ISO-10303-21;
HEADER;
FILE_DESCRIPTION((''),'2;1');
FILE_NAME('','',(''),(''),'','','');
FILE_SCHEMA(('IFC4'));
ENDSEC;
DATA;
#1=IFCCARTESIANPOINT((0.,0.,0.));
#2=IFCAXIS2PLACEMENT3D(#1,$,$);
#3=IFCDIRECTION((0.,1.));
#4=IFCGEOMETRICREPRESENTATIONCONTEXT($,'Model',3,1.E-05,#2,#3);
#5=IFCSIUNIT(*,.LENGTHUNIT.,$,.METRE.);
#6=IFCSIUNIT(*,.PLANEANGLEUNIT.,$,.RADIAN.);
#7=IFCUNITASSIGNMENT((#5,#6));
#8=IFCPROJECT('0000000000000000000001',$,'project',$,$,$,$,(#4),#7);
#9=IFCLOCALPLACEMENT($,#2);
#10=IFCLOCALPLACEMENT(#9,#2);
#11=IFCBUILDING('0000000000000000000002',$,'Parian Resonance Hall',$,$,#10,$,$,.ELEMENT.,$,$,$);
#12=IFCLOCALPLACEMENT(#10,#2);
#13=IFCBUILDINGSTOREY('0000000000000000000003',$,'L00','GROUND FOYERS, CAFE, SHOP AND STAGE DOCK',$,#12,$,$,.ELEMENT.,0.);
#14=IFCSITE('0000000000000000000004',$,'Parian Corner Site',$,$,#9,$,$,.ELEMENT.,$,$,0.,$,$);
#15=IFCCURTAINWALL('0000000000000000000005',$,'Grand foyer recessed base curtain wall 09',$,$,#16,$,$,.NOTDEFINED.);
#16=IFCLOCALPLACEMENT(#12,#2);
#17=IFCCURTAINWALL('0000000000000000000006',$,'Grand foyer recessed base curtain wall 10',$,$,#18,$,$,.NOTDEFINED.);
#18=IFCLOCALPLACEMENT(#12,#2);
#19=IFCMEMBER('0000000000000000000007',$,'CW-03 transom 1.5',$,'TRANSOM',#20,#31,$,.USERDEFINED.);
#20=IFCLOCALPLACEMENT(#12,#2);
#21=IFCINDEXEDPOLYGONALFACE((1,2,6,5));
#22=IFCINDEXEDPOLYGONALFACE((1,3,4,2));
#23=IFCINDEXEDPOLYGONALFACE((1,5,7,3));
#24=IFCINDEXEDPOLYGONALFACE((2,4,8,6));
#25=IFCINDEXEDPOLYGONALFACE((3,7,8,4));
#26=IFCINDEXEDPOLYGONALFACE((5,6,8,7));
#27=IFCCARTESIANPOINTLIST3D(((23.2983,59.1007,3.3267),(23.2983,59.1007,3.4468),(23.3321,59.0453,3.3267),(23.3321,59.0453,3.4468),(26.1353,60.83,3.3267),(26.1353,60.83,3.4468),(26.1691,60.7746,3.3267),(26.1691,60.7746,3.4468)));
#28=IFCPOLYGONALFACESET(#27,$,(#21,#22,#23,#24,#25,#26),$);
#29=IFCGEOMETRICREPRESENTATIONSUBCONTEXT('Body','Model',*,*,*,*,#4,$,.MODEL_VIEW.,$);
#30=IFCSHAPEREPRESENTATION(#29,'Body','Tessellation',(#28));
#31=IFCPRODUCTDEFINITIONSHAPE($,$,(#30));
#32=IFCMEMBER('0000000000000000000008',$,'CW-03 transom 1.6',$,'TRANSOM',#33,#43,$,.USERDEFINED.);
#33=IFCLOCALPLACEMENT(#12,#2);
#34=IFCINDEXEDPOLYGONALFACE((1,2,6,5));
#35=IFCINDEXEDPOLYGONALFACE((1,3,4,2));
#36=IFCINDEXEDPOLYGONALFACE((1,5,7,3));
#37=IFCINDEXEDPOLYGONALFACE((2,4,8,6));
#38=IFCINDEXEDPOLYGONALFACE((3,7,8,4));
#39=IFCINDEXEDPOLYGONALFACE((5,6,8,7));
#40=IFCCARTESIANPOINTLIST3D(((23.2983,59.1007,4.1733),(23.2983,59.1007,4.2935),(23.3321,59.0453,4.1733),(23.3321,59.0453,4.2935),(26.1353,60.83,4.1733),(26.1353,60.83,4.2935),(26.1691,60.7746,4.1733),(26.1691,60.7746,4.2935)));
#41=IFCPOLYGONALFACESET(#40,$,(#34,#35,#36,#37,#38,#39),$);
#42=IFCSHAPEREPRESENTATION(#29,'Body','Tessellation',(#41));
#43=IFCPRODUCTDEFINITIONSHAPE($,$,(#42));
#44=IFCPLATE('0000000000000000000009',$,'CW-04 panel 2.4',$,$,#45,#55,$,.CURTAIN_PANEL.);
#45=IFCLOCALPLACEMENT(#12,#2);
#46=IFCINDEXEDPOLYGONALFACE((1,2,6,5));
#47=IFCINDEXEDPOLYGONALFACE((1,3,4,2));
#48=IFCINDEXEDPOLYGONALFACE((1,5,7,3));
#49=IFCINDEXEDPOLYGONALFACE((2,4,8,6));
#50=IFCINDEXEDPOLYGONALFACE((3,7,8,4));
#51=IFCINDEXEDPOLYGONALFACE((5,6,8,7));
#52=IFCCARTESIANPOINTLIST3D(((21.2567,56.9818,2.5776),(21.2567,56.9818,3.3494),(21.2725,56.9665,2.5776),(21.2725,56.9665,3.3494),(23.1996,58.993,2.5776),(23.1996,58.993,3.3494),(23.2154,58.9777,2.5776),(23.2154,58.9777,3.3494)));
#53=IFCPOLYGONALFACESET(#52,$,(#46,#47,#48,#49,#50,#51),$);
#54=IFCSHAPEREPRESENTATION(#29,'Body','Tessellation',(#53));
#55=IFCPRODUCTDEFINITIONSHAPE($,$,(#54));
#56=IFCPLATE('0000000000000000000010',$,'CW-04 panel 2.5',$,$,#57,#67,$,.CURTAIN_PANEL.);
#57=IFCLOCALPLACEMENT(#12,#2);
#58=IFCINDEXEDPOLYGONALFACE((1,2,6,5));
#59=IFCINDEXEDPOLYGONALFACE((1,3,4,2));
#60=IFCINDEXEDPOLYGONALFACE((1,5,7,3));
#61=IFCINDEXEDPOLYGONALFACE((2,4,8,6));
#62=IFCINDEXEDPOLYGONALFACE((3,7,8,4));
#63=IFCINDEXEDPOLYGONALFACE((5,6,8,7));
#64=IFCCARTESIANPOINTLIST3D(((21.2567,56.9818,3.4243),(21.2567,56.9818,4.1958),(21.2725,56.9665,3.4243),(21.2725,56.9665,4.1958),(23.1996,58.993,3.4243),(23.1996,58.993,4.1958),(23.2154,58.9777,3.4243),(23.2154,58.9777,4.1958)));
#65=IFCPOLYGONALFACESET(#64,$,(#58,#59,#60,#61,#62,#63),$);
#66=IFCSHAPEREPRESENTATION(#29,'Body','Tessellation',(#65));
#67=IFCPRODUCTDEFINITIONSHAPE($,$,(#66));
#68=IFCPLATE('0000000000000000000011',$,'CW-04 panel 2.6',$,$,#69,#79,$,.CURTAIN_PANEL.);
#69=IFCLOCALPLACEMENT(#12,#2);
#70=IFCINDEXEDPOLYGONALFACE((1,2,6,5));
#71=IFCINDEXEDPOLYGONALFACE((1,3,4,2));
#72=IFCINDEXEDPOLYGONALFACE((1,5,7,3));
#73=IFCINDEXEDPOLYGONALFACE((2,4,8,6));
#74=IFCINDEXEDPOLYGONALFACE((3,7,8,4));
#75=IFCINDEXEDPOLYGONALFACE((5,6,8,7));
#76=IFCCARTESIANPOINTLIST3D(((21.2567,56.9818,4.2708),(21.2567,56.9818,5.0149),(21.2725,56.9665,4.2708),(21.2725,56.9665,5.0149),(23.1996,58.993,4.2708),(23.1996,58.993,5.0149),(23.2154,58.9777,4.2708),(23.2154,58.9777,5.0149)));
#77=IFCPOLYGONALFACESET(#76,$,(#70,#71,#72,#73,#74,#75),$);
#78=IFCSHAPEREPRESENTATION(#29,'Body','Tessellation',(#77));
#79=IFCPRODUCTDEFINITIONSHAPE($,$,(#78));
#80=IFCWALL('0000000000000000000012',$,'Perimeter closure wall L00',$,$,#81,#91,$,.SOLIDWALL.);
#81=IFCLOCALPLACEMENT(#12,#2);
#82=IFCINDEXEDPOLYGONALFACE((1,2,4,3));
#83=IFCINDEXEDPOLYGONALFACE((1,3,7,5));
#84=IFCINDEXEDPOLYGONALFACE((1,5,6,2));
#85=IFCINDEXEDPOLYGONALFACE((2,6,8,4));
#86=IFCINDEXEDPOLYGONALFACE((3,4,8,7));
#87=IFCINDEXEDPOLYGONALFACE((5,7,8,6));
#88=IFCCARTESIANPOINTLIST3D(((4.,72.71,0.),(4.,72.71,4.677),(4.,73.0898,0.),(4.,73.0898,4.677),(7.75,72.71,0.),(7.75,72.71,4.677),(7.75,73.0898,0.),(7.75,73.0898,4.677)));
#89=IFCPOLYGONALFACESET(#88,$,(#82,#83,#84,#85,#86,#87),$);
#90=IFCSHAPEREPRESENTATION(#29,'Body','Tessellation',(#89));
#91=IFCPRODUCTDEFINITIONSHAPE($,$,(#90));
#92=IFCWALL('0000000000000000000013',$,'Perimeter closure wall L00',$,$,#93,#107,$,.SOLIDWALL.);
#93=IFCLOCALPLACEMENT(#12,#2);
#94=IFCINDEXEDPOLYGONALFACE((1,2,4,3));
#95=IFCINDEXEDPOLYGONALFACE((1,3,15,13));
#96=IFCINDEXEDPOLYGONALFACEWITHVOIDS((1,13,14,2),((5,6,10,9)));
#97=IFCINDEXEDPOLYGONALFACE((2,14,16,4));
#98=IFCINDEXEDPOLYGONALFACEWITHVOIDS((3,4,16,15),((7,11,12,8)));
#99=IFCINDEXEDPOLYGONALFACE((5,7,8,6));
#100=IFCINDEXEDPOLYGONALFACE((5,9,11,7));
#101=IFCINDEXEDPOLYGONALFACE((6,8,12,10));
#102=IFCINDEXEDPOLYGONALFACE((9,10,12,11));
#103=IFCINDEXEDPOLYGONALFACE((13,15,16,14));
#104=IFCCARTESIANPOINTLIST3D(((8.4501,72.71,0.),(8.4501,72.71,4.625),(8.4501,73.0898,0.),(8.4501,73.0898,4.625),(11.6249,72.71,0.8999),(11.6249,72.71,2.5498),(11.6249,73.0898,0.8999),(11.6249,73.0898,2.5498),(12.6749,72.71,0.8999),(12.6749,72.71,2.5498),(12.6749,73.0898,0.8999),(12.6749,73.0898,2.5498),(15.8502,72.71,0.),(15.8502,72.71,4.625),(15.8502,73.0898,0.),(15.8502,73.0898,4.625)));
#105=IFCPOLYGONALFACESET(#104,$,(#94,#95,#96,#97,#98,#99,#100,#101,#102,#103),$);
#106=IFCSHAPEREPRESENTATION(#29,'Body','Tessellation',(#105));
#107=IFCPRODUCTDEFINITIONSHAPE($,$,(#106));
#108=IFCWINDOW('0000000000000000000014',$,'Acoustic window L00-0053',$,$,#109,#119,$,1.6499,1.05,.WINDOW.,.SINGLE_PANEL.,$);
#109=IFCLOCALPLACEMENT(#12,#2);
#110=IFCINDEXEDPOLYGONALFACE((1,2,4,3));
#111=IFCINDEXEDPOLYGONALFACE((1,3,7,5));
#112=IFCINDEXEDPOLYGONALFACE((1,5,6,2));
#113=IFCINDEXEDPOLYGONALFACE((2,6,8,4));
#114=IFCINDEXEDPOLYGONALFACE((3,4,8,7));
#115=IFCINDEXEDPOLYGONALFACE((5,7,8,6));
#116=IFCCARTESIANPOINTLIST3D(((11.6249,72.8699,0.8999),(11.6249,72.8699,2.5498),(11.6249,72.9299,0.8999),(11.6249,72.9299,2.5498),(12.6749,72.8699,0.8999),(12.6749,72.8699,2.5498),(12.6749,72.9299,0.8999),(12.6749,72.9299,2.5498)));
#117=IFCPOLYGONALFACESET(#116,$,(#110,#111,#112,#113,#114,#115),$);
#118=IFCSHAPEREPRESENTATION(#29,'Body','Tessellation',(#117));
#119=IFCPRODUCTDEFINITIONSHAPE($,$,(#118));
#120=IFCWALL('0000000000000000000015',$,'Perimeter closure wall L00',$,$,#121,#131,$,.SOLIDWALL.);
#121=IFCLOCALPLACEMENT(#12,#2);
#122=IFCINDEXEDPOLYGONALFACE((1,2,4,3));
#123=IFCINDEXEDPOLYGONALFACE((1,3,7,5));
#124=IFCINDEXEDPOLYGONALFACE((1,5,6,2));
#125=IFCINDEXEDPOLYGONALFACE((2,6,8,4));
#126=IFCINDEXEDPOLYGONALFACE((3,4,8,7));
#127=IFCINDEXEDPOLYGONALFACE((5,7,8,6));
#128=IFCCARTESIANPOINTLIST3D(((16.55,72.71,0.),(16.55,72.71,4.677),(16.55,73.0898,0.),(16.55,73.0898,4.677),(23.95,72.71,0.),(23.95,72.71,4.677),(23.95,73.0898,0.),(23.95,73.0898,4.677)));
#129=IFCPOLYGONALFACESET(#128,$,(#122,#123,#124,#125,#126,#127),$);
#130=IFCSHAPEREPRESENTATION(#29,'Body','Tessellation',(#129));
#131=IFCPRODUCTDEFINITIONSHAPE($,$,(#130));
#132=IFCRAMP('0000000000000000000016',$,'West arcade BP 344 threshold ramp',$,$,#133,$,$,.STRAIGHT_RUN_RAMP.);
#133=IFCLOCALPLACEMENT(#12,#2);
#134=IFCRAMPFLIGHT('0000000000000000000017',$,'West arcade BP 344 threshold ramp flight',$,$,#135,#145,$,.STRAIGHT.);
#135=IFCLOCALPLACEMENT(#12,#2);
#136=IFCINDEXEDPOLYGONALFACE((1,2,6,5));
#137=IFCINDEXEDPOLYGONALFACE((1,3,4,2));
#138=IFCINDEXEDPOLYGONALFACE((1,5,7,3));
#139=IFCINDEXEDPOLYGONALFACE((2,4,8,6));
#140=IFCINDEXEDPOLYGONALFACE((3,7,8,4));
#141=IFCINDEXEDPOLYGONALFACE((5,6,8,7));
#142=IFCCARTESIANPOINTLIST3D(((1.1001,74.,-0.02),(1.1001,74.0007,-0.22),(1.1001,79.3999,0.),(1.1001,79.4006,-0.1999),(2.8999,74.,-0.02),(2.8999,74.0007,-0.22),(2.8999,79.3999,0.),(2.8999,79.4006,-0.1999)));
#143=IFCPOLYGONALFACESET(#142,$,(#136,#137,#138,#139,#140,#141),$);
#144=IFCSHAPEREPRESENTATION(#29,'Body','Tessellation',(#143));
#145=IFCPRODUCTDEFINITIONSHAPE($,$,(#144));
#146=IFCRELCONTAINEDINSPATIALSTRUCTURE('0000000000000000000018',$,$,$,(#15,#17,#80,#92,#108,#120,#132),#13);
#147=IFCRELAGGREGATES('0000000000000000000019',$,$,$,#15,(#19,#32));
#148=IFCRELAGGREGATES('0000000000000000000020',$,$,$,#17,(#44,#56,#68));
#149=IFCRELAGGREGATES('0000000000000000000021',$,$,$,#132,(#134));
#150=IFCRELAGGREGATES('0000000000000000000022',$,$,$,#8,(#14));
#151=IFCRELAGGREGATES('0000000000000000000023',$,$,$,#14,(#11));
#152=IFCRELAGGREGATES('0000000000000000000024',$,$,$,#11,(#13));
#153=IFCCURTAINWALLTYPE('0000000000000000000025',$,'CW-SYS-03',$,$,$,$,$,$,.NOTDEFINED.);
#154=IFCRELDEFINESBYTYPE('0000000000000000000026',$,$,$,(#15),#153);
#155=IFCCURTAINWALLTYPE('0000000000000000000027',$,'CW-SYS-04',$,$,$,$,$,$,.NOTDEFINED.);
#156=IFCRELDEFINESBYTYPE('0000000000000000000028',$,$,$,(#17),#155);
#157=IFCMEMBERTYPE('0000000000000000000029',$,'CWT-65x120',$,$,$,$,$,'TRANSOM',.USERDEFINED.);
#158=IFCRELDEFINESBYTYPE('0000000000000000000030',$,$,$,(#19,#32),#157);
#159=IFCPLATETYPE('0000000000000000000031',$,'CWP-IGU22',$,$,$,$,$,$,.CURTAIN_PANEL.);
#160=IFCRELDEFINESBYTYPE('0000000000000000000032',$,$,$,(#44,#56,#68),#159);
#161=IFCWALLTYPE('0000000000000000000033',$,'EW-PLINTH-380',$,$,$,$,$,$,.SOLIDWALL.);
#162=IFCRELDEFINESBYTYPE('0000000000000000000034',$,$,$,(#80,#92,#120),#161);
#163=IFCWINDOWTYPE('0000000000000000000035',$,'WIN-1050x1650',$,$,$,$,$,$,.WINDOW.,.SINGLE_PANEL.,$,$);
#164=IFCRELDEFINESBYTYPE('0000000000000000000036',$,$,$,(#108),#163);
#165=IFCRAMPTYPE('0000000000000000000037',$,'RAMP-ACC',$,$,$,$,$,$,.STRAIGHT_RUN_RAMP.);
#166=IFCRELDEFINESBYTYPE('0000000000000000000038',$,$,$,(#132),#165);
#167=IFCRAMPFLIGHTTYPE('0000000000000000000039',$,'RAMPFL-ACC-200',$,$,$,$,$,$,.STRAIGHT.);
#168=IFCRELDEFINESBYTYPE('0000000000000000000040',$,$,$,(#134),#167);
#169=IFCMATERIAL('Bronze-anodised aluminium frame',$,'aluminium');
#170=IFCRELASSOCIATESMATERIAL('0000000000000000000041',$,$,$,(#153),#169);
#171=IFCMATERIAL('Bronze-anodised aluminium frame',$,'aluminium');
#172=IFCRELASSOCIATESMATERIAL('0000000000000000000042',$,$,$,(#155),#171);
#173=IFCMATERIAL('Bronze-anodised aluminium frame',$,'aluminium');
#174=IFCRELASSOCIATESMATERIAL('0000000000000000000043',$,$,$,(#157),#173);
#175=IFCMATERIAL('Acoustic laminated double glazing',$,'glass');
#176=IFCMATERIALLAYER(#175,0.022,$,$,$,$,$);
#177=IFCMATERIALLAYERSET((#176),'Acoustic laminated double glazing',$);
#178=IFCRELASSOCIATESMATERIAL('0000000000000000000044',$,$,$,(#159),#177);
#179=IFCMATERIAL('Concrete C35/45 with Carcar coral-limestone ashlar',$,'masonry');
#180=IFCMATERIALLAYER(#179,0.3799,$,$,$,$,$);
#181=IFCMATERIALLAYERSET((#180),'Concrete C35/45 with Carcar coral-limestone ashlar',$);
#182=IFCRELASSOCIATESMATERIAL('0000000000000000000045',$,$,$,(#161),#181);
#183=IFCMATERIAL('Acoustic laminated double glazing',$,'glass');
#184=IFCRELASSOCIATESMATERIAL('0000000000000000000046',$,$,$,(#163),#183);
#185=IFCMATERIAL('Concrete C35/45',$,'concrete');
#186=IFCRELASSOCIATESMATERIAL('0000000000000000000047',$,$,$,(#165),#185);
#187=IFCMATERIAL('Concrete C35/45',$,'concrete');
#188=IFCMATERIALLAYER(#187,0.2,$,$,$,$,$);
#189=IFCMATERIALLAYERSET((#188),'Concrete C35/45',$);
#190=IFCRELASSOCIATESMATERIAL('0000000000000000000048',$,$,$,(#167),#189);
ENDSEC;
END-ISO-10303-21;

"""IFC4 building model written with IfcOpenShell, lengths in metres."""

from ifc_helpers import new_model, si_unit, direction, frame, frame_2d, origin, origin_2d, place, context, subcontext, project, spatial, polyline, rectangle, outline, extrude, material, layer, layer_set, material_profile, profile_set, type_object, element, fill, aggregate, save


model = new_model("IFC4")

# Units and contexts
model_context = context("Model", 3, precision=1e-05, world=origin(), true_north=direction((0.0, 1.0)))
body_context = subcontext(model_context, "Body", "Model", "MODEL_VIEW")
ifc_project = project(units=[si_unit("LENGTHUNIT", "METRE"), si_unit("PLANEANGLEUNIT", "RADIAN")], contexts=[model_context])

# Site, building, storey
site_placement = place(None, origin())
site = spatial("IfcSite", under=ifc_project, at=site_placement, Name="Parian Corner Site", CompositionType="ELEMENT", RefElevation=0.0)
building_placement = place(site_placement, origin())
building = spatial("IfcBuilding", under=site, at=building_placement, Name="Parian Resonance Hall", CompositionType="ELEMENT")
storey_placement = place(building_placement, origin())
storey = spatial("IfcBuildingStorey", under=building, at=storey_placement, Name="L00", Description="GROUND FOYERS, CAFE, SHOP AND STAGE DOCK", CompositionType="ELEMENT", Elevation=0.0)

# Curtain walls
ifc_material_1 = material(Name="Bronze-anodised aluminium frame", Category="aluminium")
curtain_wall_type_1 = type_object("IfcCurtainWallType", Name="CW-SYS-03", PredefinedType="NOTDEFINED", material=ifc_material_1)
curtain_wall_1_placement = place(storey_placement, origin())
curtain_wall_1 = element("IfcCurtainWall", 1, at=curtain_wall_1_placement, inside=storey, type_object=curtain_wall_type_1, Name="Grand foyer recessed base curtain wall 09", PredefinedType="NOTDEFINED")
ifc_material_2 = material(Name="Bronze-anodised aluminium frame", Category="aluminium")
curtain_wall_type_2 = type_object("IfcCurtainWallType", Name="CW-SYS-04", PredefinedType="NOTDEFINED", material=ifc_material_2)
curtain_wall_2_placement = place(storey_placement, origin())
curtain_wall_2 = element("IfcCurtainWall", 2, at=curtain_wall_2_placement, inside=storey, type_object=curtain_wall_type_2, Name="Grand foyer recessed base curtain wall 10", PredefinedType="NOTDEFINED")

# Members
ifc_material_3 = material(Name="Bronze-anodised aluminium frame", Category="aluminium")
ifc_material_profile_1 = material_profile(ifc_material_3, rectangle(XDim=0.0649, YDim=0.1201, at=origin_2d()), Name="CWT-65x120")
ifc_profile_set_1 = profile_set([ifc_material_profile_1], Name="Bronze-anodised aluminium frame")
member_type_1 = type_object("IfcMemberType", Name="CWT-65x120", ElementType="TRANSOM", PredefinedType="USERDEFINED", material=ifc_profile_set_1)
member_1_placement = place(storey_placement, frame((23.3152, 59.073, 3.3867), z_axis=(0.853873, 0.520481, 0.0), x_axis=(-0.520481, 0.853873, 0.0)))
member_1 = element("IfcMember", 3, at=member_1_placement, type_object=member_type_1, Name="CW-03 transom 1.5", ObjectType="TRANSOM", PredefinedType="USERDEFINED", context=body_context, shape_type="SweptSolid", body=[
    extrude(rectangle(XDim=0.0649, YDim=0.1201, at=origin_2d()), origin(), (0.0, 0.0, 1.0), 3.3225),
])
member_2_placement = place(storey_placement, frame((23.3152, 59.073, 4.2334), z_axis=(0.853873, 0.520481, 0.0), x_axis=(-0.520481, 0.853873, 0.0)))
member_2 = element("IfcMember", 4, at=member_2_placement, type_object=member_type_1, Name="CW-03 transom 1.6", ObjectType="TRANSOM", PredefinedType="USERDEFINED", context=body_context, shape_type="SweptSolid", body=[
    extrude(rectangle(XDim=0.0649, YDim=0.1201, at=origin_2d()), origin(), (0.0, 0.0, 1.0), 3.3225),
])
aggregate(curtain_wall_1, [member_1, member_2])

# Plates
ifc_material_4 = material(Name="Acoustic laminated double glazing", Category="glass")
ifc_layer_1 = layer(ifc_material_4, 0.022)
ifc_layer_set_1 = layer_set([ifc_layer_1], Name="Acoustic laminated double glazing")
plate_type = type_object("IfcPlateType", Name="CWP-IGU22", PredefinedType="CURTAIN_PANEL", material=ifc_layer_set_1)
plate_1_placement = place(storey_placement, frame((22.2361, 57.9797, 2.5776), z_axis=(0.0, 0.0, 1.0), x_axis=(0.69478, 0.719223, 0.0)))
plate_1 = element("IfcPlate", 5, at=plate_1_placement, type_object=plate_type, Name="CW-04 panel 2.4", PredefinedType="CURTAIN_PANEL", context=body_context, shape_type="SweptSolid", body=[
    extrude(rectangle(XDim=2.7964, YDim=0.022, at=origin_2d()), origin(), (0.0, 0.0, 1.0), 0.7717),
])
plate_2_placement = place(storey_placement, frame((22.2361, 57.9797, 3.4243), z_axis=(0.0, 0.0, 1.0), x_axis=(0.69478, 0.719223, 0.0)))
plate_2 = element("IfcPlate", 6, at=plate_2_placement, type_object=plate_type, Name="CW-04 panel 2.5", PredefinedType="CURTAIN_PANEL", context=body_context, shape_type="SweptSolid", body=[
    extrude(rectangle(XDim=2.7964, YDim=0.022, at=origin_2d()), origin(), (0.0, 0.0, 1.0), 0.7715),
])
plate_3_placement = place(storey_placement, frame((22.2361, 57.9797, 4.2708), z_axis=(0.0, 0.0, 1.0), x_axis=(0.69478, 0.719223, 0.0)))
plate_3 = element("IfcPlate", 7, at=plate_3_placement, type_object=plate_type, Name="CW-04 panel 2.6", PredefinedType="CURTAIN_PANEL", context=body_context, shape_type="SweptSolid", body=[
    extrude(rectangle(XDim=2.7964, YDim=0.022, at=origin_2d()), origin(), (0.0, 0.0, 1.0), 0.7441),
])
aggregate(curtain_wall_2, [plate_1, plate_2, plate_3])

# Shared definitions
ifc_material_5 = material(Name="Concrete C35/45 with Carcar coral-limestone ashlar", Category="masonry")
ifc_layer_2 = layer(ifc_material_5, 0.3799)
ifc_layer_set_2 = layer_set([ifc_layer_2], Name="Concrete C35/45 with Carcar coral-limestone ashlar")
wall_type = type_object("IfcWallType", Name="EW-PLINTH-380", PredefinedType="SOLIDWALL", material=ifc_layer_set_2)

# Wall
wall_1_placement = place(storey_placement, frame((4.0, 72.8999, 0.0), z_axis=(0.0, 0.0, 1.0), x_axis=(1.0, 0.0, 0.0)))
element("IfcWall", 8, at=wall_1_placement, inside=storey, type_object=wall_type, Name="Perimeter closure wall L00", PredefinedType="SOLIDWALL", context=body_context, shape_type="SweptSolid", body=[
    extrude(rectangle(XDim=3.75, YDim=0.3799, at=frame_2d((1.875, 0.0))), origin(), (0.0, 0.0, 1.0), 4.677),
])

# Wall, opening, window
wall_2_placement = place(storey_placement, frame((8.45, 72.8999, 0.0), z_axis=(0.0, 0.0, 1.0), x_axis=(1.0, 0.0, 0.0)))
wall_2 = element("IfcWall", 9, at=wall_2_placement, inside=storey, type_object=wall_type, Name="Perimeter closure wall L00", PredefinedType="SOLIDWALL", context=body_context, shape_type="SweptSolid", body=[
    extrude(rectangle(XDim=7.4001, YDim=0.3799, at=frame_2d((3.7002, 0.0))), origin(), (0.0, 0.0, 1.0), 4.625),
])
opening_1_placement = place(wall_2_placement, frame((3.175, 0.0, 0.8999)))
opening_1 = element("IfcOpeningElement", 10, at=opening_1_placement, cuts=wall_2, PredefinedType="OPENING", context=body_context, shape_type="SweptSolid", body=[
    extrude(rectangle(XDim=1.05, YDim=1.6499, at=frame_2d((0.5249, 0.825))), frame((0.0, 0.2, 0.0), z_axis=(0.0, -1.0, 0.0), x_axis=(1.0, 0.0, 0.0)), (0.0, 0.0, 1.0), 0.3999),
])
ifc_material_6 = material(Name="Acoustic laminated double glazing", Category="glass")
window_type = type_object("IfcWindowType", Name="WIN-1050x1650", PartitioningType="SINGLE_PANEL", PredefinedType="WINDOW", material=ifc_material_6)
window_placement = place(opening_1_placement, origin())
window = element("IfcWindow", 11, at=window_placement, inside=storey, type_object=window_type, Name="Acoustic window L00-0053", OverallHeight=1.6499, OverallWidth=1.05, PartitioningType="SINGLE_PANEL", PredefinedType="WINDOW", context=body_context, shape_type="SweptSolid", body=[
    extrude(rectangle(XDim=1.05, YDim=1.6499, at=frame_2d((0.5249, 0.825))), frame((0.0, 0.03, 0.0), z_axis=(0.0, -1.0, 0.0), x_axis=(1.0, 0.0, 0.0)), (0.0, 0.0, 1.0), 0.0601),
])
fill(opening_1, window)

# Wall
wall_3_placement = place(storey_placement, frame((16.55, 72.8999, 0.0), z_axis=(0.0, 0.0, 1.0), x_axis=(1.0, 0.0, 0.0)))
element("IfcWall", 12, at=wall_3_placement, inside=storey, type_object=wall_type, Name="Perimeter closure wall L00", PredefinedType="SOLIDWALL", context=body_context, shape_type="SweptSolid", body=[
    extrude(rectangle(XDim=7.3999, YDim=0.3799, at=frame_2d((3.7, 0.0))), origin(), (0.0, 0.0, 1.0), 4.677),
])

# Ramp, ramp flight
ifc_material_7 = material(Name="Concrete C35/45", Category="concrete")
ramp_type = type_object("IfcRampType", Name="RAMP-ACC", PredefinedType="STRAIGHT_RUN_RAMP", material=ifc_material_7)
ramp_placement = place(storey_placement, origin())
ramp = element("IfcRamp", 13, at=ramp_placement, inside=storey, type_object=ramp_type, Name="West arcade BP 344 threshold ramp", PredefinedType="STRAIGHT_RUN_RAMP")
ifc_material_8 = material(Name="Concrete C35/45", Category="concrete")
ifc_layer_3 = layer(ifc_material_8, 0.2)
ifc_layer_set_3 = layer_set([ifc_layer_3], Name="Concrete C35/45")
ramp_flight_type = type_object("IfcRampFlightType", Name="RAMPFL-ACC-200", PredefinedType="STRAIGHT", material=ifc_layer_set_3)
ramp_flight_placement = place(storey_placement, frame((1.1001, 74.0, -0.02), z_axis=(0.0, -0.003707, 0.999993), x_axis=(1.0, 0.0, 0.0)))
ramp_flight = element("IfcRampFlight", 14, at=ramp_flight_placement, type_object=ramp_flight_type, Name="West arcade BP 344 threshold ramp flight", PredefinedType="STRAIGHT", context=body_context, shape_type="SweptSolid", body=[
    extrude(outline(polyline([(0.0, 0.0), (1.7998, 0.0), (1.7998, 5.3999), (0.0, 5.3999), (0.0, 0.0)])), origin(), (0.0, 0.0, -1.0), 0.2),
])
aggregate(ramp, [ramp_flight])

save(model, "model.ifc")
